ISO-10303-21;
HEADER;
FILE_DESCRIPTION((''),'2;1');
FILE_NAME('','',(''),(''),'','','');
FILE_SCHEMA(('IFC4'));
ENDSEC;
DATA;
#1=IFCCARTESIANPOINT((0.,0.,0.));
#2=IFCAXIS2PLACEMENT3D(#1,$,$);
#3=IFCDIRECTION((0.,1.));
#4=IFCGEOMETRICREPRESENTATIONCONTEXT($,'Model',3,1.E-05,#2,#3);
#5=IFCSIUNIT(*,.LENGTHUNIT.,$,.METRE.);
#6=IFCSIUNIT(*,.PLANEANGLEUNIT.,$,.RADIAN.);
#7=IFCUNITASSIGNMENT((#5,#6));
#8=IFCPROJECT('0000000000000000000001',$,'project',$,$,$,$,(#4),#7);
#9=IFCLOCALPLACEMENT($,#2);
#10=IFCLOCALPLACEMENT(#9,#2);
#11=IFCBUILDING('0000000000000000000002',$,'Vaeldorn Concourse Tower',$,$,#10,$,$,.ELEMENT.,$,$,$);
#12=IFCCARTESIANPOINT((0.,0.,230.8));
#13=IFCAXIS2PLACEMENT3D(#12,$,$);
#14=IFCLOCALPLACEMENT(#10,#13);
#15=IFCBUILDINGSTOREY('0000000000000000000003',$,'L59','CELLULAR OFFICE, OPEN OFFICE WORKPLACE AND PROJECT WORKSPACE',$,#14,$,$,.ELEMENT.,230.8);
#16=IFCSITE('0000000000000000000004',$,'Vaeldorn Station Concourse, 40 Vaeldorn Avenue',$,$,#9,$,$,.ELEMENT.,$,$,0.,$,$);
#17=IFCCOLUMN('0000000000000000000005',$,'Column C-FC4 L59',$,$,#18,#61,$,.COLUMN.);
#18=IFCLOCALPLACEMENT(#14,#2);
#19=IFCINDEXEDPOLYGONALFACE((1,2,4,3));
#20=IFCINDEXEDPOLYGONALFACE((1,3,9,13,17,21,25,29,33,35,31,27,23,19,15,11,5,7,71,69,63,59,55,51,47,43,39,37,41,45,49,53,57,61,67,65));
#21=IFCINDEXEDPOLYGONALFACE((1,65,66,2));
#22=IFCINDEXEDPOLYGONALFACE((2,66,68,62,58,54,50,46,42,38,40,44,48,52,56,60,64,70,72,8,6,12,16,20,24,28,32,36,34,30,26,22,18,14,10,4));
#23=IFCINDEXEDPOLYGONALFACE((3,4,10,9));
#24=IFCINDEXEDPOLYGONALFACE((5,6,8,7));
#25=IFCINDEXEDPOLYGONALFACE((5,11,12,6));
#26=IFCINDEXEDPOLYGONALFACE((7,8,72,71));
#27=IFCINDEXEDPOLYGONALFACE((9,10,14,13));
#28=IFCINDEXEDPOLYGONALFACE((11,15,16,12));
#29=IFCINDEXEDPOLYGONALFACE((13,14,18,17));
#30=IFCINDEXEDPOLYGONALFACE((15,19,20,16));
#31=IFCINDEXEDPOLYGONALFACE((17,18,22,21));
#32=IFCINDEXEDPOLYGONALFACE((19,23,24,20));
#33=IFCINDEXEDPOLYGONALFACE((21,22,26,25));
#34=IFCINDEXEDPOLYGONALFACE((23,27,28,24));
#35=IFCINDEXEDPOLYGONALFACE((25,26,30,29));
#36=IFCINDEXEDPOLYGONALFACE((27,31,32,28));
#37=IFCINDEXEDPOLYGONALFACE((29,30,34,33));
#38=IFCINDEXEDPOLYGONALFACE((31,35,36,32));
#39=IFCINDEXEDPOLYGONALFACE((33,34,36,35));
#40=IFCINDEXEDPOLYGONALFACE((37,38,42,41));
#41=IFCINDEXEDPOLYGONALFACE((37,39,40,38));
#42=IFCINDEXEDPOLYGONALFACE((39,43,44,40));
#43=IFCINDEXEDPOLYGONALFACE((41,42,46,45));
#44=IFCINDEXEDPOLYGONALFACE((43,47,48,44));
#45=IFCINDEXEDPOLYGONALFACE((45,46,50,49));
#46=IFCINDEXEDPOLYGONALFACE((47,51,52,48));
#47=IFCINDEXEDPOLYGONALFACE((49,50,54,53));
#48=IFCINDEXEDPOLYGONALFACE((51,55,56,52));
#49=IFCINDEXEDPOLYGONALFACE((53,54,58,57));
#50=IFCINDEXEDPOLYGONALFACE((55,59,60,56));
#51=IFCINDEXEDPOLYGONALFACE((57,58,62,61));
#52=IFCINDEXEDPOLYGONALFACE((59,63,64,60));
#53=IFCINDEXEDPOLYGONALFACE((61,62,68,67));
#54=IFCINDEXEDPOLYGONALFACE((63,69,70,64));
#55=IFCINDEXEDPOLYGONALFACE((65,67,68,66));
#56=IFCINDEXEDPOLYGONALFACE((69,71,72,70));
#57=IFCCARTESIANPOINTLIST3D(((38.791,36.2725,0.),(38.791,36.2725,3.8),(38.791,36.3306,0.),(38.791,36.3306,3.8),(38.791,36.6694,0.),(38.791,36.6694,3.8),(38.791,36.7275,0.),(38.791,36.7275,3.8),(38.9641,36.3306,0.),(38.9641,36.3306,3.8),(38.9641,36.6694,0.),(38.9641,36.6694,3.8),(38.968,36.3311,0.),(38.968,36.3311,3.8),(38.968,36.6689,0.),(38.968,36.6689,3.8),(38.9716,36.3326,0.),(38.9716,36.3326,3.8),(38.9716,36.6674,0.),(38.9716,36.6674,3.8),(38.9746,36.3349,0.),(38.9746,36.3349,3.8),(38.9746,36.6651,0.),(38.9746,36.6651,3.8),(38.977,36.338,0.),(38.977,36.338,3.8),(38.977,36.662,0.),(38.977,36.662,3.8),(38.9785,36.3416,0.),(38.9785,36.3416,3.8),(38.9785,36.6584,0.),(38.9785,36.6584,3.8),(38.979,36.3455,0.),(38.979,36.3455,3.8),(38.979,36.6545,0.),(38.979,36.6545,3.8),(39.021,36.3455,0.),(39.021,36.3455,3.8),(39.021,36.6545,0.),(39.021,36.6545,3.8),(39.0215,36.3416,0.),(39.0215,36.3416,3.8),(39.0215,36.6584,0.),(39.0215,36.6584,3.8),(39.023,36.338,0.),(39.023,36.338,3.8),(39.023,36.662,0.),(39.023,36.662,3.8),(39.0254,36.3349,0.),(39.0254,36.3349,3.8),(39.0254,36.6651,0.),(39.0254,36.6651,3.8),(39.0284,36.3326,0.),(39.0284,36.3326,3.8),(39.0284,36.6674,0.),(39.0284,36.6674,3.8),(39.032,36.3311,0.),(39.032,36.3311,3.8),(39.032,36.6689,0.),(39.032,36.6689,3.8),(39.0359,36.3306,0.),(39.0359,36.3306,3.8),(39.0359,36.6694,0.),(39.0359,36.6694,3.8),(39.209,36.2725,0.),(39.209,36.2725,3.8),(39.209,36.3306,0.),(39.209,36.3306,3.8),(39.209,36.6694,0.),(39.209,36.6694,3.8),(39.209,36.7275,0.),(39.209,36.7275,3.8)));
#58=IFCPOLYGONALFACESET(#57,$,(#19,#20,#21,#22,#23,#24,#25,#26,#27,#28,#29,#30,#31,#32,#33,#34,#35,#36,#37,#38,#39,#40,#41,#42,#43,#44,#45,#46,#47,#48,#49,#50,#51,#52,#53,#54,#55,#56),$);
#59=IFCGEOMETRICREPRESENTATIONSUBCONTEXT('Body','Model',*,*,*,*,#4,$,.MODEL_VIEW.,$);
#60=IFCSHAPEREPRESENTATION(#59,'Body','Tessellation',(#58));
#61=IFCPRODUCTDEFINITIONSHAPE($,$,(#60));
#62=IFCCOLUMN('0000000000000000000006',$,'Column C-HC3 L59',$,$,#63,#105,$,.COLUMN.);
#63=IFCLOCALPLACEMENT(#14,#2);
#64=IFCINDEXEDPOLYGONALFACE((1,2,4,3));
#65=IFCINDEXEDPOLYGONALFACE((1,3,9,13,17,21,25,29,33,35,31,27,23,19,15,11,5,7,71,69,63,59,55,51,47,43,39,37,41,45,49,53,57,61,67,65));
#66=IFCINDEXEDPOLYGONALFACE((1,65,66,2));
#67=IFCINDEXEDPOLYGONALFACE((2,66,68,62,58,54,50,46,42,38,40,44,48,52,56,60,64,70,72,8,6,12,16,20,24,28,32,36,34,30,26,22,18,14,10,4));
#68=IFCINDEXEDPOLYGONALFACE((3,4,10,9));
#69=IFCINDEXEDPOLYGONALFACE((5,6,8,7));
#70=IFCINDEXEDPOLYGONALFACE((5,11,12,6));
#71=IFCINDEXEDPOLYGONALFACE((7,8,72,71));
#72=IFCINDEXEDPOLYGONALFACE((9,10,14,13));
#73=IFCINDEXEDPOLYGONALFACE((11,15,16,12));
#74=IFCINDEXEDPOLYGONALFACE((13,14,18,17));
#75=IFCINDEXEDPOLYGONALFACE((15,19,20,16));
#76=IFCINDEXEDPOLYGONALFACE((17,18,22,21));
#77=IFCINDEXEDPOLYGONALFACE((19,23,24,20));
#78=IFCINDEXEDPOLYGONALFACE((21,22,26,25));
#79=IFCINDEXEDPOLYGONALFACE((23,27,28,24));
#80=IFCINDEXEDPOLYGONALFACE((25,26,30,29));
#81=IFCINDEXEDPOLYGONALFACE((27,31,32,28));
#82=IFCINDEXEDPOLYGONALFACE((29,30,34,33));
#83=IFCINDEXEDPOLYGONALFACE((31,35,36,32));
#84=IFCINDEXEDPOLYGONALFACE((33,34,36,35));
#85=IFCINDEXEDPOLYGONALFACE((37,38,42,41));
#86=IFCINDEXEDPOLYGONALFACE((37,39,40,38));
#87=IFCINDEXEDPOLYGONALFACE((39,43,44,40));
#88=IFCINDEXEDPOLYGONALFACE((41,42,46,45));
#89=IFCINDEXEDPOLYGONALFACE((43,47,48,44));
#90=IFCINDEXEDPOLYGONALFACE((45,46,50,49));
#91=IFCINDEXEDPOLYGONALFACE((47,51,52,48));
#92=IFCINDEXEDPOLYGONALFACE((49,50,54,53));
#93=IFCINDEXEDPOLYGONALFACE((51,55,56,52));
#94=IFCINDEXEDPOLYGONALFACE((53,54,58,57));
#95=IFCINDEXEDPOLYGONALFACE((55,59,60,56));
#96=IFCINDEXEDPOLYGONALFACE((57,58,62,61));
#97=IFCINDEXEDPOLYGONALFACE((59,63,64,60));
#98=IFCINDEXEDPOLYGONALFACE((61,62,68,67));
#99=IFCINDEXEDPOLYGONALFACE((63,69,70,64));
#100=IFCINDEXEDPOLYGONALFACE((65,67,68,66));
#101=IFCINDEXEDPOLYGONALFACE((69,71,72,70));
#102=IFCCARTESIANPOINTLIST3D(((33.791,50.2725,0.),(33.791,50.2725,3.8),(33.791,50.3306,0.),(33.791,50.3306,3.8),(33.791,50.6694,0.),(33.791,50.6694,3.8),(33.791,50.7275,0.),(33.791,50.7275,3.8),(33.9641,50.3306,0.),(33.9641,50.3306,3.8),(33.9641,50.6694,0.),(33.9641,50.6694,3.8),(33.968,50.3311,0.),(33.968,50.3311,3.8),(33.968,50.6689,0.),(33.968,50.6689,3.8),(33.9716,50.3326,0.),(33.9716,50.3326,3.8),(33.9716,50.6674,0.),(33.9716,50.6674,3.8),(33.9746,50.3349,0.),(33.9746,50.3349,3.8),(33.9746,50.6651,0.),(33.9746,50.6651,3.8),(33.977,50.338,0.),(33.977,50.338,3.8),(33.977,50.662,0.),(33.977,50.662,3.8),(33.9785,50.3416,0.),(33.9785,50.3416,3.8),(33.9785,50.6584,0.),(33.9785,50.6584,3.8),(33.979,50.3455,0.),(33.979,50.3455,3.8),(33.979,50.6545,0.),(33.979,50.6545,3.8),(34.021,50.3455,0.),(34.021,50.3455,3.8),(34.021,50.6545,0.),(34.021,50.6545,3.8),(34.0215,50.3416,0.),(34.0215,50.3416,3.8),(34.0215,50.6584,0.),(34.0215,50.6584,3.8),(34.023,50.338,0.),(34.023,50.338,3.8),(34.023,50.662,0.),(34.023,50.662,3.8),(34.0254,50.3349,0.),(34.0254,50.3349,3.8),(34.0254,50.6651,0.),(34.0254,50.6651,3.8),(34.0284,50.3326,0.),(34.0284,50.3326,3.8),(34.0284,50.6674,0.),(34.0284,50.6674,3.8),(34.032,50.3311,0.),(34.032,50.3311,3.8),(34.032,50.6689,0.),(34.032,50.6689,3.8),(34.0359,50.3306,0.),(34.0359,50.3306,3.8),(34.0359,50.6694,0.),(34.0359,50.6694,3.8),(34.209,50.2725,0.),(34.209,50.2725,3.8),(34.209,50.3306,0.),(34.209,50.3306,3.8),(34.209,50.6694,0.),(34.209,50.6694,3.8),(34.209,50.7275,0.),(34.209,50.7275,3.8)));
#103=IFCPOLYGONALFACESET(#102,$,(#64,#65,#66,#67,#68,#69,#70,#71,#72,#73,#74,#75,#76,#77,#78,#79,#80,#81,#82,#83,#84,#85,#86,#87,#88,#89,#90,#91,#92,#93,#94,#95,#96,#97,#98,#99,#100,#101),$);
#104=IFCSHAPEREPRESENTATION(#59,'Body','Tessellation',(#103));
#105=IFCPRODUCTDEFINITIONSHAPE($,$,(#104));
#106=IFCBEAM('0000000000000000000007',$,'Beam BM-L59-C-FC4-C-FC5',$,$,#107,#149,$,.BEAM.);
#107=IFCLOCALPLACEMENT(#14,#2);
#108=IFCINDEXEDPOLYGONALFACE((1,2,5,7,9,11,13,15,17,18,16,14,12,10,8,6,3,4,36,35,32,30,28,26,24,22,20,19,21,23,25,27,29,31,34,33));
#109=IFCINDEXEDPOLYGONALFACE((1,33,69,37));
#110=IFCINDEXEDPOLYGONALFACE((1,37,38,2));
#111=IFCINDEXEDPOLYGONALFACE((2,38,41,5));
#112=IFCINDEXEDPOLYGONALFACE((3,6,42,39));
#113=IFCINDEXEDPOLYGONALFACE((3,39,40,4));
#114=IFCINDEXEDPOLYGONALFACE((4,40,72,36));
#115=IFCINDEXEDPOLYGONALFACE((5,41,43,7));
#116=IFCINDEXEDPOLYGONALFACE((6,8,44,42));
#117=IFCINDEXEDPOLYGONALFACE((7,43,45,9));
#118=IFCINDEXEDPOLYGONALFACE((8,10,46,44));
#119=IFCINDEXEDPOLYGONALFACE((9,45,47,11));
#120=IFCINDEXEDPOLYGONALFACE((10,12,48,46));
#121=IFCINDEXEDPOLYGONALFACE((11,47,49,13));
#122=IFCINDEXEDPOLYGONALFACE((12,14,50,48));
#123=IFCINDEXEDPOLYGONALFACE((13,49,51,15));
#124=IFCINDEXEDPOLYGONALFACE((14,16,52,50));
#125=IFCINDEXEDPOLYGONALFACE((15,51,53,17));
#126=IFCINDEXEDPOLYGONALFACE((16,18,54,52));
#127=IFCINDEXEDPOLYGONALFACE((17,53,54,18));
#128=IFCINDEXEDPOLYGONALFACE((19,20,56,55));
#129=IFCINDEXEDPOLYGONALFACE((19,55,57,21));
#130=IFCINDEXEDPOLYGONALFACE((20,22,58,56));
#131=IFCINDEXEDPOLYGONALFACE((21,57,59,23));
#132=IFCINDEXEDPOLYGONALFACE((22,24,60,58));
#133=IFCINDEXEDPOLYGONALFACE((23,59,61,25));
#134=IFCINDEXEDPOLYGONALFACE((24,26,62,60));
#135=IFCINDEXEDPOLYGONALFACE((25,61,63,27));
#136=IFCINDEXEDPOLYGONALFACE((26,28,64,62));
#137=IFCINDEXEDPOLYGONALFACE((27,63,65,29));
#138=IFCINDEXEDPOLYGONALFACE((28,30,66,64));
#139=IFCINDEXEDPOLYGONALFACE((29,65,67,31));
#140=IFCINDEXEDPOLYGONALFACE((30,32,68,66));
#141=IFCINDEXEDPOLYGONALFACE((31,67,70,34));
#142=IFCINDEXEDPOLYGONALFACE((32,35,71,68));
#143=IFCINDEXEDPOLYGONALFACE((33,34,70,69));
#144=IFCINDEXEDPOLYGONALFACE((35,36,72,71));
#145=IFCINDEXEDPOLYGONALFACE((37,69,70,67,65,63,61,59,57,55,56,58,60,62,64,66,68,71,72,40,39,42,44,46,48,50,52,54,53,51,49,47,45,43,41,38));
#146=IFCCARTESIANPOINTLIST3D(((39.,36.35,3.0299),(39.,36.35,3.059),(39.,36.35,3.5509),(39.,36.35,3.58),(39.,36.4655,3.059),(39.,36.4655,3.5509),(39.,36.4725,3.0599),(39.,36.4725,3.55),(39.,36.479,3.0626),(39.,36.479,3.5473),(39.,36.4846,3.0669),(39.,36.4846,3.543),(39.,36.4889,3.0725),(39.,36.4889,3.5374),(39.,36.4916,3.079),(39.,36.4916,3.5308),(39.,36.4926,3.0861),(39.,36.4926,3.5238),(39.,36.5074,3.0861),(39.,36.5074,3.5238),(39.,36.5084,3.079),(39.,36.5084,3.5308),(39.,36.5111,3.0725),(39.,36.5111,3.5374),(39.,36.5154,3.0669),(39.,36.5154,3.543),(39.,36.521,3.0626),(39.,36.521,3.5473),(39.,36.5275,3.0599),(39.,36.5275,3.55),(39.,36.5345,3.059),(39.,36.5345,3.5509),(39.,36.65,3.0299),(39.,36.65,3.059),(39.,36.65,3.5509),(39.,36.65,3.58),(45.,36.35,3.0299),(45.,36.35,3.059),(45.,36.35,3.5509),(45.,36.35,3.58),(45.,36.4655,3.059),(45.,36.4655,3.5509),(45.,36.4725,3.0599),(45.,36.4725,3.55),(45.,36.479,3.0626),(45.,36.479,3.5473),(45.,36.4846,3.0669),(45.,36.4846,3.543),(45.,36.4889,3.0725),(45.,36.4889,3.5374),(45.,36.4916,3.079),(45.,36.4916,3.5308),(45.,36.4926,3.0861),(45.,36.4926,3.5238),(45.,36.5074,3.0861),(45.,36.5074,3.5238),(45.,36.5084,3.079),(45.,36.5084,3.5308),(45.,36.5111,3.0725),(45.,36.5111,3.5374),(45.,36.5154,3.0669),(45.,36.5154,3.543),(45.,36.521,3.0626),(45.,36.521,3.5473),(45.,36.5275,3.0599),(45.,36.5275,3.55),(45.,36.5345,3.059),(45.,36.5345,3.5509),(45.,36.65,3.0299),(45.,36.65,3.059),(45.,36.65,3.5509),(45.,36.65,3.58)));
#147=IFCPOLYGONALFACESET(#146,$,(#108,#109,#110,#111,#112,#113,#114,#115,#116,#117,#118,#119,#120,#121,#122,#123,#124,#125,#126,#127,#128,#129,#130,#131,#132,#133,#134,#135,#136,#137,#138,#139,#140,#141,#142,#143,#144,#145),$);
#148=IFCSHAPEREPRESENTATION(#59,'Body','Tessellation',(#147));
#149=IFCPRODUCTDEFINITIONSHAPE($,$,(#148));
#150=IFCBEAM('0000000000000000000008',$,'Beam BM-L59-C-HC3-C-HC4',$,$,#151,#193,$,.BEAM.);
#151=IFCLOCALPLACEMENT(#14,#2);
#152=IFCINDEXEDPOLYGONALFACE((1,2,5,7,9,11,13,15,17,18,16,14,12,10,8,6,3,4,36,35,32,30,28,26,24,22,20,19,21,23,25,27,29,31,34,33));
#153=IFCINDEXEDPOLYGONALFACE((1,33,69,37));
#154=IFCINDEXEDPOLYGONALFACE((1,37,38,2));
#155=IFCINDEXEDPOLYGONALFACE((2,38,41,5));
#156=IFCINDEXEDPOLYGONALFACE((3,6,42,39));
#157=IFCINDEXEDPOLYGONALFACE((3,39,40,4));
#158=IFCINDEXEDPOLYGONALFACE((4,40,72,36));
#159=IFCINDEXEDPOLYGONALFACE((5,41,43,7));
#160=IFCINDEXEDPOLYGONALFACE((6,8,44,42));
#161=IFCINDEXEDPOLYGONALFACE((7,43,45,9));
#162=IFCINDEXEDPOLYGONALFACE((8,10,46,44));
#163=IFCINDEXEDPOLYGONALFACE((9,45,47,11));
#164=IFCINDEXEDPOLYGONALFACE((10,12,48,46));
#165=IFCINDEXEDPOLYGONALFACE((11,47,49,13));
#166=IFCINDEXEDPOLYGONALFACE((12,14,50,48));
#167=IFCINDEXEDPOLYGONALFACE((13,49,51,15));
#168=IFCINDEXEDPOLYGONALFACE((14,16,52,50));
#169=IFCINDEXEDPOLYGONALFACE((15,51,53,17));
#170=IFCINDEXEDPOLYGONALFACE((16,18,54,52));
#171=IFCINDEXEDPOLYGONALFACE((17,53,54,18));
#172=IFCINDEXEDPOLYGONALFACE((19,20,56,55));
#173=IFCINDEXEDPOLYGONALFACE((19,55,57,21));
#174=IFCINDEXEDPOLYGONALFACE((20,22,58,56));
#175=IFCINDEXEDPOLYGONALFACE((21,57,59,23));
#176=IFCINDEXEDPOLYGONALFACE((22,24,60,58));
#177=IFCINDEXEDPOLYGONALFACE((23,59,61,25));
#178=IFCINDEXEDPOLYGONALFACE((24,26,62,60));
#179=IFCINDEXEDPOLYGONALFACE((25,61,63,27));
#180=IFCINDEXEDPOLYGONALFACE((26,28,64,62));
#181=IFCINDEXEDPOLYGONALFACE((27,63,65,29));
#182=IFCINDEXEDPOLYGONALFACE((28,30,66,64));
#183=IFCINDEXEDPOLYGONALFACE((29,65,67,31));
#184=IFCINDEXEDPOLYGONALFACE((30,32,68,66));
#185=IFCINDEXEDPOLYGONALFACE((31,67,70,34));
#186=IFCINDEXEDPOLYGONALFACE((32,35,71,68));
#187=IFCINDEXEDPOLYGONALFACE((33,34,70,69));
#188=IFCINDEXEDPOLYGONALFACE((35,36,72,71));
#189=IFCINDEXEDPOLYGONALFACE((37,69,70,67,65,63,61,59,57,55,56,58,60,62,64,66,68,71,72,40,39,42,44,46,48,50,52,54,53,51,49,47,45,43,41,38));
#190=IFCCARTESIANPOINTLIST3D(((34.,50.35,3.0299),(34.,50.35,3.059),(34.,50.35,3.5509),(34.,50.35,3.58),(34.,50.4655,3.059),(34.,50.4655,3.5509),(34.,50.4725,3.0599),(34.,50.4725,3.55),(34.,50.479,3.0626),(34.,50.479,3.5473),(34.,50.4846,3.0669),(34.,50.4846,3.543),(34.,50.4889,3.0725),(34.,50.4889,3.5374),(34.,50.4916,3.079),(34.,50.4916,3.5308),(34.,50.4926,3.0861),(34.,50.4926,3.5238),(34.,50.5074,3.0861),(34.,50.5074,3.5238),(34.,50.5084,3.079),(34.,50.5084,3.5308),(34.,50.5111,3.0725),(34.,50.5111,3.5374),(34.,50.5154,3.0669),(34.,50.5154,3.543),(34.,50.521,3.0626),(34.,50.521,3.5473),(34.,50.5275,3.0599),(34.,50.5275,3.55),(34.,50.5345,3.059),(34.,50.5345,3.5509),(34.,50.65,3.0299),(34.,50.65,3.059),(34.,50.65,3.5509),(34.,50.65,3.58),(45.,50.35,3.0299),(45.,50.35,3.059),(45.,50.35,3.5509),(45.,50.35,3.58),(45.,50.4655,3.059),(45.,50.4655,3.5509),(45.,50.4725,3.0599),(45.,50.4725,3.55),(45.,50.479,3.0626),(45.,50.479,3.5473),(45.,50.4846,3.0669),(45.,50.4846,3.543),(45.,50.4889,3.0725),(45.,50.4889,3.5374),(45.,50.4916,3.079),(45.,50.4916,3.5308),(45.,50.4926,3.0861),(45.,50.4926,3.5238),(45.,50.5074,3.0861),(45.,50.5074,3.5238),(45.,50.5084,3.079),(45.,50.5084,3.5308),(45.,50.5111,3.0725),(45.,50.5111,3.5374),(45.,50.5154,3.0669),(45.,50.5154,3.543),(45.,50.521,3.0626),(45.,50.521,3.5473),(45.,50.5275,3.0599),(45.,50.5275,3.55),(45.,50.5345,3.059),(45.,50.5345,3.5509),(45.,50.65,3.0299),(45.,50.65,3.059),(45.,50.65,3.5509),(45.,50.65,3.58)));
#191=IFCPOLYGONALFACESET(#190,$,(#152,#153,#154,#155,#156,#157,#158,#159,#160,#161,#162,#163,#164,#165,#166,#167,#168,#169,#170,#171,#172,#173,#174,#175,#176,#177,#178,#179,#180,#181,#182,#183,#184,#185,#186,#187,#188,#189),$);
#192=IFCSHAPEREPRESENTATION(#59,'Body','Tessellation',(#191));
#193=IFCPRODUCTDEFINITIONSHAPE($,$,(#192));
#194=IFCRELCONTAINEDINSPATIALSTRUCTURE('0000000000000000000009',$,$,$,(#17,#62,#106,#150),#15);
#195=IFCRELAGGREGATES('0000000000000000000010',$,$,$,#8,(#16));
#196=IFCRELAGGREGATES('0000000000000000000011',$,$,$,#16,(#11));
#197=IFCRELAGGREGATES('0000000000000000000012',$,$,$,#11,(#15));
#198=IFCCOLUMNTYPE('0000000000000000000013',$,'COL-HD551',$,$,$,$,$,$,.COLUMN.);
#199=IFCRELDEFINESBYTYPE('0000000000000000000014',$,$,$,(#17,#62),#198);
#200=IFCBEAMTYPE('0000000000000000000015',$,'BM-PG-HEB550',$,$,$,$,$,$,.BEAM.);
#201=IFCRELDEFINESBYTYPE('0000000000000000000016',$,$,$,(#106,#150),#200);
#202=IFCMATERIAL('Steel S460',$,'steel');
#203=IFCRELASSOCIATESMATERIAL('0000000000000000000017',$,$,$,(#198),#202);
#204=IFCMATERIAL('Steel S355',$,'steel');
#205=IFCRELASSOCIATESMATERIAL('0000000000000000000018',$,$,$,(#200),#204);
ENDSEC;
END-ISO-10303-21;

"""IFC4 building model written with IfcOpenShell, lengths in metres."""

from ifc_helpers import new_model, si_unit, direction, frame, origin, origin_2d, place, context, subcontext, project, spatial, i_section, extrude, source, transform, mapped, material, material_profile, profile_set, type_object, element, save


model = new_model("IFC4")

# Units and contexts
model_context = context("Model", 3, precision=1e-05, world=origin(), true_north=direction((0.0, 1.0)))
body_context = subcontext(model_context, "Body", "Model", "MODEL_VIEW")
ifc_project = project(units=[si_unit("LENGTHUNIT", "METRE"), si_unit("PLANEANGLEUNIT", "RADIAN")], contexts=[model_context])

# Site, building, storey
site_placement = place(None, origin())
site = spatial("IfcSite", under=ifc_project, at=site_placement, Name="Vaeldorn Station Concourse, 40 Vaeldorn Avenue", CompositionType="ELEMENT", RefElevation=0.0)
building_placement = place(site_placement, origin())
building = spatial("IfcBuilding", under=site, at=building_placement, Name="Vaeldorn Concourse Tower", CompositionType="ELEMENT")
storey_placement = place(building_placement, frame((0.0, 0.0, 230.8)))
storey = spatial("IfcBuildingStorey", under=building, at=storey_placement, Name="L59", Description="CELLULAR OFFICE, OPEN OFFICE WORKPLACE AND PROJECT WORKSPACE", CompositionType="ELEMENT", Elevation=230.8)

# Columns
ifc_material_1 = material(Name="Steel S460", Category="steel")
ifc_material_profile_1 = material_profile(ifc_material_1, i_section(OverallWidth=0.418, OverallDepth=0.4551, WebThickness=0.042, FlangeThickness=0.0581, FilletRadius=0.0149, at=origin_2d()), Name="HD 400x551")
ifc_profile_set_1 = profile_set([ifc_material_profile_1], Name="Steel S460")
column_type = type_object("IfcColumnType", Name="COL-HD551", PredefinedType="COLUMN", material=ifc_profile_set_1)
shared_shape_1 = source(origin(), body_context, "Body", "SweptSolid", [
    extrude(i_section(OverallWidth=0.418, OverallDepth=0.4551, WebThickness=0.042, FlangeThickness=0.0581, FilletRadius=0.0149, at=origin_2d()), origin(), (0.0, 0.0, 1.0), 3.8),
])
for number, where, z_axis, x_axis, name in (
    (1, (39.0, 36.5, 0.0), (0.0, 0.0, 1.0), (1.0, 0.0, 0.0), "Column C-FC4 L59"),
    (2, (34.0, 50.5, 0.0), (0.0, 0.0, 1.0), (1.0, 0.0, 0.0), "Column C-HC3 L59"),
):
    element("IfcColumn", number, at=place(storey_placement, frame(where, z_axis=z_axis, x_axis=x_axis)), inside=storey, type_object=column_type, Name=name, PredefinedType="COLUMN", context=body_context, shape_type="MappedRepresentation", body=[
        mapped(shared_shape_1, transform((0.0, 0.0, 0.0), scale=1.0)),
    ])

# Beams
ifc_material_2 = material(Name="Steel S355", Category="steel")
ifc_material_profile_2 = material_profile(ifc_material_2, i_section(OverallWidth=0.3, OverallDepth=0.55, WebThickness=0.0149, FlangeThickness=0.0291, FilletRadius=0.0271, at=origin_2d()), Name="HEB 550")
ifc_profile_set_2 = profile_set([ifc_material_profile_2], Name="Steel S355")
beam_type = type_object("IfcBeamType", Name="BM-PG-HEB550", PredefinedType="BEAM", material=ifc_profile_set_2)
shared_shape_2 = source(origin(), body_context, "Body", "SweptSolid", [
    extrude(i_section(OverallWidth=0.3, OverallDepth=0.55, WebThickness=0.0149, FlangeThickness=0.0291, FilletRadius=0.0271, at=origin_2d()), origin(), (0.0, 0.0, 1.0), 6.0),
])
beam_1_placement = place(storey_placement, frame((39.0, 36.5, 3.3049), z_axis=(1.0, 0.0, 0.0), x_axis=(0.0, 1.0, 0.0)))
element("IfcBeam", 3, at=beam_1_placement, inside=storey, type_object=beam_type, Name="Beam BM-L59-C-FC4-C-FC5", PredefinedType="BEAM", context=body_context, shape_type="MappedRepresentation", body=[
    mapped(shared_shape_2, transform((0.0, 0.0, 0.0), scale=1.0)),
])
shared_shape_3 = source(origin(), body_context, "Body", "SweptSolid", [
    extrude(i_section(OverallWidth=0.3, OverallDepth=0.55, WebThickness=0.0149, FlangeThickness=0.0291, FilletRadius=0.0271, at=origin_2d()), origin(), (0.0, 0.0, 1.0), 11.0),
])
beam_2_placement = place(storey_placement, frame((34.0, 50.5, 3.3049), z_axis=(1.0, 0.0, 0.0), x_axis=(0.0, 1.0, 0.0)))
element("IfcBeam", 4, at=beam_2_placement, inside=storey, type_object=beam_type, Name="Beam BM-L59-C-HC3-C-HC4", PredefinedType="BEAM", context=body_context, shape_type="MappedRepresentation", body=[
    mapped(shared_shape_3, transform((0.0, 0.0, 0.0), scale=1.0)),
])

save(model, "model.ifc")
